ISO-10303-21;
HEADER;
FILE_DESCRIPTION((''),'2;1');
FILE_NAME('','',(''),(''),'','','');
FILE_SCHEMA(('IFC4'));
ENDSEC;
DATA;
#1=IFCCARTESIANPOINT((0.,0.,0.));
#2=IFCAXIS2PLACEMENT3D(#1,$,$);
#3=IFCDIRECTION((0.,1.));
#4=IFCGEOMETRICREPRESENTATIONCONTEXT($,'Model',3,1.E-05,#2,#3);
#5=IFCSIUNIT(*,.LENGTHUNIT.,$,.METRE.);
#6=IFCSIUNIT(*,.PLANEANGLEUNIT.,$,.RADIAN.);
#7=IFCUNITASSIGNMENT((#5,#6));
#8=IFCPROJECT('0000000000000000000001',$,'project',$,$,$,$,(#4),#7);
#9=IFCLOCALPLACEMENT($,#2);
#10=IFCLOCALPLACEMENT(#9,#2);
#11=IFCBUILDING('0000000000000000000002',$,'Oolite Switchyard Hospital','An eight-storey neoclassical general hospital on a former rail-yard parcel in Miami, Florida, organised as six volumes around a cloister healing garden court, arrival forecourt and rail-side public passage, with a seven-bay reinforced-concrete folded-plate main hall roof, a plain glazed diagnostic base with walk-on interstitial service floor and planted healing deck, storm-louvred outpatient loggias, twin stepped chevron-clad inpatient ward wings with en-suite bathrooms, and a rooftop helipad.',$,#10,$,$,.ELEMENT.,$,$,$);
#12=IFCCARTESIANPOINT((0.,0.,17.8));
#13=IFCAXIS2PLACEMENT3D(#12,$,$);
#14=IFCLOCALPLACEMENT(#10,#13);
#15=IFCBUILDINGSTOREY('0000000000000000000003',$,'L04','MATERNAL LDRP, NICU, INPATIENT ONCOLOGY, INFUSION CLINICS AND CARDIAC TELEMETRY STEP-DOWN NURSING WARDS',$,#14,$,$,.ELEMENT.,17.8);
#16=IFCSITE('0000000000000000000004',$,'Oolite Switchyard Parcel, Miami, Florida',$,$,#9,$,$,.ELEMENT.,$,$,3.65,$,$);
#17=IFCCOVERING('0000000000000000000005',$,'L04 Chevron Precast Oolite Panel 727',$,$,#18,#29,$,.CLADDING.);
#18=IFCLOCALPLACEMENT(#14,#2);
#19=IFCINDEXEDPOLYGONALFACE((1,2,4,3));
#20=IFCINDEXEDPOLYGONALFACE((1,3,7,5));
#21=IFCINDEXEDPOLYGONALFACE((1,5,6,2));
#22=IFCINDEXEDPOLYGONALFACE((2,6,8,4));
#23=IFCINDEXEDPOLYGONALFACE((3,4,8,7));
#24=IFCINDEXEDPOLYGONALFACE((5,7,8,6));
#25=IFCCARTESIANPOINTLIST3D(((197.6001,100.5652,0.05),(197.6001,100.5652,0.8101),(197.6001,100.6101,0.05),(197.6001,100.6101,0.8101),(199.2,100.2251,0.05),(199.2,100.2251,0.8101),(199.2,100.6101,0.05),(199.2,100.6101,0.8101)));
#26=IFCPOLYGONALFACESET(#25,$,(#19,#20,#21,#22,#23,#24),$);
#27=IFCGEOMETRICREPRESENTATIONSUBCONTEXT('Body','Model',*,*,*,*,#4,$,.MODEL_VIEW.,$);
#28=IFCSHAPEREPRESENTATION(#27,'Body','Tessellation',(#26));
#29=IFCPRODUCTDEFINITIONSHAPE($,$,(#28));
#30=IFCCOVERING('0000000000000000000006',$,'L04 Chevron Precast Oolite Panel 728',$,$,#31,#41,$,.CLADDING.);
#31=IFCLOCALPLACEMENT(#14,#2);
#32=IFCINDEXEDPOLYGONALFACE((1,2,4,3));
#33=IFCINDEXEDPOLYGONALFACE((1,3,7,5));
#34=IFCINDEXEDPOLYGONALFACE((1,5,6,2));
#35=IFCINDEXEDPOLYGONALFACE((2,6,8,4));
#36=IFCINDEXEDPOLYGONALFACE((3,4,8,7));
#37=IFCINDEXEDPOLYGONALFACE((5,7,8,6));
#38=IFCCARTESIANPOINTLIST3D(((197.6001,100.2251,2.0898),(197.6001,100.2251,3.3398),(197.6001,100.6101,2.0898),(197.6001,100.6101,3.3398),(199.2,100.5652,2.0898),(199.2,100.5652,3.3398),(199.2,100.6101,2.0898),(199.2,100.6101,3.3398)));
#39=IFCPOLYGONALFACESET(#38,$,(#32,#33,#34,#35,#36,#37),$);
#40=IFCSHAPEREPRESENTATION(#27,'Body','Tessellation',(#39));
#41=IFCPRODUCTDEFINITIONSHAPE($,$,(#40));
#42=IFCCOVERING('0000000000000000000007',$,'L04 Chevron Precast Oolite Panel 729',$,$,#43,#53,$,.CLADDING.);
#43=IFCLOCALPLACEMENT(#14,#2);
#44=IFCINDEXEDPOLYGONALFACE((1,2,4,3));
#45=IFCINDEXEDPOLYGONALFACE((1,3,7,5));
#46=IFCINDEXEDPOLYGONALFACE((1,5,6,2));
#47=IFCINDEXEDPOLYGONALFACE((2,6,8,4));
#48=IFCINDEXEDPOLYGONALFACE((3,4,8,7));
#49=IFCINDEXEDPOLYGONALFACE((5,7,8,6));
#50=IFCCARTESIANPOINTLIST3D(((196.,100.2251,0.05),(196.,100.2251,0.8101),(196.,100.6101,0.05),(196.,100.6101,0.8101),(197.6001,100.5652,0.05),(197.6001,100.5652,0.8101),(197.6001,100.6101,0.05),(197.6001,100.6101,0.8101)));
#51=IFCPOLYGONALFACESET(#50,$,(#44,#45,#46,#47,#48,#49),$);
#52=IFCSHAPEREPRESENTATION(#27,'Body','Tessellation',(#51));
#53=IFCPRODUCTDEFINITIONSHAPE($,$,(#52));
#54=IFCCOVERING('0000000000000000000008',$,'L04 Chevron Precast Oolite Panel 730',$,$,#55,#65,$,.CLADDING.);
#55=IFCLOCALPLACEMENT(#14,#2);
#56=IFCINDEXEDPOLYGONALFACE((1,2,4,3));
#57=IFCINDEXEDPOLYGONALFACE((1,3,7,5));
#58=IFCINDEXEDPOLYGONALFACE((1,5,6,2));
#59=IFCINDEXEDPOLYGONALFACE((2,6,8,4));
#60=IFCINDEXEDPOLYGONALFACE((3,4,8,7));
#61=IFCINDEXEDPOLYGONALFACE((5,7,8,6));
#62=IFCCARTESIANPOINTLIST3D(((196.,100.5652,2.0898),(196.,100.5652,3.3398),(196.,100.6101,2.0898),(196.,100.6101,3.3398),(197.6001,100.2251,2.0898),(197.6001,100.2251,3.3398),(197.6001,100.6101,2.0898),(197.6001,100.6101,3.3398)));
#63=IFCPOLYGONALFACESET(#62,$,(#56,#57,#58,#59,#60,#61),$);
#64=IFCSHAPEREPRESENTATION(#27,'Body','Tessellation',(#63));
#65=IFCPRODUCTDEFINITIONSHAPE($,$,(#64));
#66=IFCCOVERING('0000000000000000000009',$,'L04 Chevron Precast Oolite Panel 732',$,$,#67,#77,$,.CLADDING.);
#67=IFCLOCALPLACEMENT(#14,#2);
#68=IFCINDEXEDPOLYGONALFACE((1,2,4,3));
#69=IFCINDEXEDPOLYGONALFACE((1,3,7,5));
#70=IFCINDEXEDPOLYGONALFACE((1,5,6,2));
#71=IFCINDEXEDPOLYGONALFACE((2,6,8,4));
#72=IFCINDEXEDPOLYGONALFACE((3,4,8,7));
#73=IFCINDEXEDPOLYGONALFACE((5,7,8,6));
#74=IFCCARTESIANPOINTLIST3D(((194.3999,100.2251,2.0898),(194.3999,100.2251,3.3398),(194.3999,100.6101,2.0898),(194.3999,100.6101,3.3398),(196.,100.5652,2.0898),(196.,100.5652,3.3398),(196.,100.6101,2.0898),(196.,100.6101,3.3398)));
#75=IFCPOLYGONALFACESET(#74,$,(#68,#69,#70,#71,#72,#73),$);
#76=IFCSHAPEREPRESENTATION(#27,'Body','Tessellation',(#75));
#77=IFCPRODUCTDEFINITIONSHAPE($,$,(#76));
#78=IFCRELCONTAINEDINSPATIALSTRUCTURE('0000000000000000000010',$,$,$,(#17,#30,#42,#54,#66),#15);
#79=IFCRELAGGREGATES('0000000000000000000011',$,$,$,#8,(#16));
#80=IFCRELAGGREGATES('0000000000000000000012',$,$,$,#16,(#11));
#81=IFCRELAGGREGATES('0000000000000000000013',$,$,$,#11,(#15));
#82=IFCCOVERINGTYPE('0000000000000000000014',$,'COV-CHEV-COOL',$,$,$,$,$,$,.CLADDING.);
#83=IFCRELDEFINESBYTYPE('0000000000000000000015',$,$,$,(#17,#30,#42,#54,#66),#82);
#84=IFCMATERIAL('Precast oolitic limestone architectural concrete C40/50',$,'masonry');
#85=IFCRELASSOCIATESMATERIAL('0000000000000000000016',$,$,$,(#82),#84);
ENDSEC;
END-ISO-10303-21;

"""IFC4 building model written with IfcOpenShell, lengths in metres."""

from ifc_helpers import new_model, si_unit, direction, frame, origin, place, context, subcontext, project, spatial, polyline, outline, extrude, material, type_object, element, save


model = new_model("IFC4")

# Units and contexts
model_context = context("Model", 3, precision=1e-05, world=origin(), true_north=direction((0.0, 1.0)))
body_context = subcontext(model_context, "Body", "Model", "MODEL_VIEW")
ifc_project = project(units=[si_unit("LENGTHUNIT", "METRE"), si_unit("PLANEANGLEUNIT", "RADIAN")], contexts=[model_context])

# Site, building, storey
site_placement = place(None, origin())
site = spatial("IfcSite", under=ifc_project, at=site_placement, Name="Oolite Switchyard Parcel, Miami, Florida", CompositionType="ELEMENT", RefElevation=3.65)
building_placement = place(site_placement, origin())
building = spatial("IfcBuilding", under=site, at=building_placement, Name="Oolite Switchyard Hospital", Description="An eight-storey neoclassical general hospital on a former rail-yard parcel in Miami, Florida, organised as six volumes around a cloister healing garden court, arrival forecourt and rail-side public passage, with a seven-bay reinforced-concrete folded-plate main hall roof, a plain glazed diagnostic base with walk-on interstitial service floor and planted healing deck, storm-louvred outpatient loggias, twin stepped chevron-clad inpatient ward wings with en-suite bathrooms, and a rooftop helipad.", CompositionType="ELEMENT")
storey_placement = place(building_placement, frame((0.0, 0.0, 17.8)))
storey = spatial("IfcBuildingStorey", under=building, at=storey_placement, Name="L04", Description="MATERNAL LDRP, NICU, INPATIENT ONCOLOGY, INFUSION CLINICS AND CARDIAC TELEMETRY STEP-DOWN NURSING WARDS", CompositionType="ELEMENT", Elevation=17.8)

# Coverings
ifc_material = material(Name="Precast oolitic limestone architectural concrete C40/50", Category="masonry")
covering_type = type_object("IfcCoveringType", Name="COV-CHEV-COOL", PredefinedType="CLADDING", material=ifc_material)
covering_1_placement = place(storey_placement, frame((199.2, 100.6101, 0.05), z_axis=(0.0, 0.0, 1.0), x_axis=(-1.0, 0.0, 0.0)))
element("IfcCovering", 1, at=covering_1_placement, inside=storey, type_object=covering_type, Name="L04 Chevron Precast Oolite Panel 727", PredefinedType="CLADDING", context=body_context, shape_type="SweptSolid", body=[
    extrude(outline(polyline([(0.0, 0.0), (1.5999, 0.0), (1.5999, 0.0449), (0.0, 0.385), (0.0, 0.0)])), origin(), (0.0, 0.0, 1.0), 0.76),
])
covering_2_placement = place(storey_placement, frame((199.2, 100.6101, 2.0898), z_axis=(0.0, 0.0, 1.0), x_axis=(-1.0, 0.0, 0.0)))
element("IfcCovering", 2, at=covering_2_placement, inside=storey, type_object=covering_type, Name="L04 Chevron Precast Oolite Panel 728", PredefinedType="CLADDING", context=body_context, shape_type="SweptSolid", body=[
    extrude(outline(polyline([(0.0, 0.0), (1.5999, 0.0), (1.5999, 0.385), (0.0, 0.0449), (0.0, 0.0)])), origin(), (0.0, 0.0, 1.0), 1.25),
])
covering_3_placement = place(storey_placement, frame((197.6001, 100.6101, 0.05), z_axis=(0.0, 0.0, 1.0), x_axis=(-1.0, 0.0, 0.0)))
element("IfcCovering", 3, at=covering_3_placement, inside=storey, type_object=covering_type, Name="L04 Chevron Precast Oolite Panel 729", PredefinedType="CLADDING", context=body_context, shape_type="SweptSolid", body=[
    extrude(outline(polyline([(0.0, 0.0), (1.6001, 0.0), (1.6001, 0.385), (0.0, 0.0449), (0.0, 0.0)])), origin(), (0.0, 0.0, 1.0), 0.76),
])
covering_4_placement = place(storey_placement, frame((197.6001, 100.6101, 2.0898), z_axis=(0.0, 0.0, 1.0), x_axis=(-1.0, 0.0, 0.0)))
element("IfcCovering", 4, at=covering_4_placement, inside=storey, type_object=covering_type, Name="L04 Chevron Precast Oolite Panel 730", PredefinedType="CLADDING", context=body_context, shape_type="SweptSolid", body=[
    extrude(outline(polyline([(0.0, 0.0), (1.6001, 0.0), (1.6001, 0.0449), (0.0, 0.385), (0.0, 0.0)])), origin(), (0.0, 0.0, 1.0), 1.25),
])
covering_5_placement = place(storey_placement, frame((196.0, 100.6101, 2.0898), z_axis=(0.0, 0.0, 1.0), x_axis=(-1.0, 0.0, 0.0)))
element("IfcCovering", 5, at=covering_5_placement, inside=storey, type_object=covering_type, Name="L04 Chevron Precast Oolite Panel 732", PredefinedType="CLADDING", context=body_context, shape_type="SweptSolid", body=[
    extrude(outline(polyline([(0.0, 0.0), (1.6001, 0.0), (1.6001, 0.385), (0.0, 0.0449), (0.0, 0.0)])), origin(), (0.0, 0.0, 1.0), 1.25),
])

save(model, "model.ifc")
